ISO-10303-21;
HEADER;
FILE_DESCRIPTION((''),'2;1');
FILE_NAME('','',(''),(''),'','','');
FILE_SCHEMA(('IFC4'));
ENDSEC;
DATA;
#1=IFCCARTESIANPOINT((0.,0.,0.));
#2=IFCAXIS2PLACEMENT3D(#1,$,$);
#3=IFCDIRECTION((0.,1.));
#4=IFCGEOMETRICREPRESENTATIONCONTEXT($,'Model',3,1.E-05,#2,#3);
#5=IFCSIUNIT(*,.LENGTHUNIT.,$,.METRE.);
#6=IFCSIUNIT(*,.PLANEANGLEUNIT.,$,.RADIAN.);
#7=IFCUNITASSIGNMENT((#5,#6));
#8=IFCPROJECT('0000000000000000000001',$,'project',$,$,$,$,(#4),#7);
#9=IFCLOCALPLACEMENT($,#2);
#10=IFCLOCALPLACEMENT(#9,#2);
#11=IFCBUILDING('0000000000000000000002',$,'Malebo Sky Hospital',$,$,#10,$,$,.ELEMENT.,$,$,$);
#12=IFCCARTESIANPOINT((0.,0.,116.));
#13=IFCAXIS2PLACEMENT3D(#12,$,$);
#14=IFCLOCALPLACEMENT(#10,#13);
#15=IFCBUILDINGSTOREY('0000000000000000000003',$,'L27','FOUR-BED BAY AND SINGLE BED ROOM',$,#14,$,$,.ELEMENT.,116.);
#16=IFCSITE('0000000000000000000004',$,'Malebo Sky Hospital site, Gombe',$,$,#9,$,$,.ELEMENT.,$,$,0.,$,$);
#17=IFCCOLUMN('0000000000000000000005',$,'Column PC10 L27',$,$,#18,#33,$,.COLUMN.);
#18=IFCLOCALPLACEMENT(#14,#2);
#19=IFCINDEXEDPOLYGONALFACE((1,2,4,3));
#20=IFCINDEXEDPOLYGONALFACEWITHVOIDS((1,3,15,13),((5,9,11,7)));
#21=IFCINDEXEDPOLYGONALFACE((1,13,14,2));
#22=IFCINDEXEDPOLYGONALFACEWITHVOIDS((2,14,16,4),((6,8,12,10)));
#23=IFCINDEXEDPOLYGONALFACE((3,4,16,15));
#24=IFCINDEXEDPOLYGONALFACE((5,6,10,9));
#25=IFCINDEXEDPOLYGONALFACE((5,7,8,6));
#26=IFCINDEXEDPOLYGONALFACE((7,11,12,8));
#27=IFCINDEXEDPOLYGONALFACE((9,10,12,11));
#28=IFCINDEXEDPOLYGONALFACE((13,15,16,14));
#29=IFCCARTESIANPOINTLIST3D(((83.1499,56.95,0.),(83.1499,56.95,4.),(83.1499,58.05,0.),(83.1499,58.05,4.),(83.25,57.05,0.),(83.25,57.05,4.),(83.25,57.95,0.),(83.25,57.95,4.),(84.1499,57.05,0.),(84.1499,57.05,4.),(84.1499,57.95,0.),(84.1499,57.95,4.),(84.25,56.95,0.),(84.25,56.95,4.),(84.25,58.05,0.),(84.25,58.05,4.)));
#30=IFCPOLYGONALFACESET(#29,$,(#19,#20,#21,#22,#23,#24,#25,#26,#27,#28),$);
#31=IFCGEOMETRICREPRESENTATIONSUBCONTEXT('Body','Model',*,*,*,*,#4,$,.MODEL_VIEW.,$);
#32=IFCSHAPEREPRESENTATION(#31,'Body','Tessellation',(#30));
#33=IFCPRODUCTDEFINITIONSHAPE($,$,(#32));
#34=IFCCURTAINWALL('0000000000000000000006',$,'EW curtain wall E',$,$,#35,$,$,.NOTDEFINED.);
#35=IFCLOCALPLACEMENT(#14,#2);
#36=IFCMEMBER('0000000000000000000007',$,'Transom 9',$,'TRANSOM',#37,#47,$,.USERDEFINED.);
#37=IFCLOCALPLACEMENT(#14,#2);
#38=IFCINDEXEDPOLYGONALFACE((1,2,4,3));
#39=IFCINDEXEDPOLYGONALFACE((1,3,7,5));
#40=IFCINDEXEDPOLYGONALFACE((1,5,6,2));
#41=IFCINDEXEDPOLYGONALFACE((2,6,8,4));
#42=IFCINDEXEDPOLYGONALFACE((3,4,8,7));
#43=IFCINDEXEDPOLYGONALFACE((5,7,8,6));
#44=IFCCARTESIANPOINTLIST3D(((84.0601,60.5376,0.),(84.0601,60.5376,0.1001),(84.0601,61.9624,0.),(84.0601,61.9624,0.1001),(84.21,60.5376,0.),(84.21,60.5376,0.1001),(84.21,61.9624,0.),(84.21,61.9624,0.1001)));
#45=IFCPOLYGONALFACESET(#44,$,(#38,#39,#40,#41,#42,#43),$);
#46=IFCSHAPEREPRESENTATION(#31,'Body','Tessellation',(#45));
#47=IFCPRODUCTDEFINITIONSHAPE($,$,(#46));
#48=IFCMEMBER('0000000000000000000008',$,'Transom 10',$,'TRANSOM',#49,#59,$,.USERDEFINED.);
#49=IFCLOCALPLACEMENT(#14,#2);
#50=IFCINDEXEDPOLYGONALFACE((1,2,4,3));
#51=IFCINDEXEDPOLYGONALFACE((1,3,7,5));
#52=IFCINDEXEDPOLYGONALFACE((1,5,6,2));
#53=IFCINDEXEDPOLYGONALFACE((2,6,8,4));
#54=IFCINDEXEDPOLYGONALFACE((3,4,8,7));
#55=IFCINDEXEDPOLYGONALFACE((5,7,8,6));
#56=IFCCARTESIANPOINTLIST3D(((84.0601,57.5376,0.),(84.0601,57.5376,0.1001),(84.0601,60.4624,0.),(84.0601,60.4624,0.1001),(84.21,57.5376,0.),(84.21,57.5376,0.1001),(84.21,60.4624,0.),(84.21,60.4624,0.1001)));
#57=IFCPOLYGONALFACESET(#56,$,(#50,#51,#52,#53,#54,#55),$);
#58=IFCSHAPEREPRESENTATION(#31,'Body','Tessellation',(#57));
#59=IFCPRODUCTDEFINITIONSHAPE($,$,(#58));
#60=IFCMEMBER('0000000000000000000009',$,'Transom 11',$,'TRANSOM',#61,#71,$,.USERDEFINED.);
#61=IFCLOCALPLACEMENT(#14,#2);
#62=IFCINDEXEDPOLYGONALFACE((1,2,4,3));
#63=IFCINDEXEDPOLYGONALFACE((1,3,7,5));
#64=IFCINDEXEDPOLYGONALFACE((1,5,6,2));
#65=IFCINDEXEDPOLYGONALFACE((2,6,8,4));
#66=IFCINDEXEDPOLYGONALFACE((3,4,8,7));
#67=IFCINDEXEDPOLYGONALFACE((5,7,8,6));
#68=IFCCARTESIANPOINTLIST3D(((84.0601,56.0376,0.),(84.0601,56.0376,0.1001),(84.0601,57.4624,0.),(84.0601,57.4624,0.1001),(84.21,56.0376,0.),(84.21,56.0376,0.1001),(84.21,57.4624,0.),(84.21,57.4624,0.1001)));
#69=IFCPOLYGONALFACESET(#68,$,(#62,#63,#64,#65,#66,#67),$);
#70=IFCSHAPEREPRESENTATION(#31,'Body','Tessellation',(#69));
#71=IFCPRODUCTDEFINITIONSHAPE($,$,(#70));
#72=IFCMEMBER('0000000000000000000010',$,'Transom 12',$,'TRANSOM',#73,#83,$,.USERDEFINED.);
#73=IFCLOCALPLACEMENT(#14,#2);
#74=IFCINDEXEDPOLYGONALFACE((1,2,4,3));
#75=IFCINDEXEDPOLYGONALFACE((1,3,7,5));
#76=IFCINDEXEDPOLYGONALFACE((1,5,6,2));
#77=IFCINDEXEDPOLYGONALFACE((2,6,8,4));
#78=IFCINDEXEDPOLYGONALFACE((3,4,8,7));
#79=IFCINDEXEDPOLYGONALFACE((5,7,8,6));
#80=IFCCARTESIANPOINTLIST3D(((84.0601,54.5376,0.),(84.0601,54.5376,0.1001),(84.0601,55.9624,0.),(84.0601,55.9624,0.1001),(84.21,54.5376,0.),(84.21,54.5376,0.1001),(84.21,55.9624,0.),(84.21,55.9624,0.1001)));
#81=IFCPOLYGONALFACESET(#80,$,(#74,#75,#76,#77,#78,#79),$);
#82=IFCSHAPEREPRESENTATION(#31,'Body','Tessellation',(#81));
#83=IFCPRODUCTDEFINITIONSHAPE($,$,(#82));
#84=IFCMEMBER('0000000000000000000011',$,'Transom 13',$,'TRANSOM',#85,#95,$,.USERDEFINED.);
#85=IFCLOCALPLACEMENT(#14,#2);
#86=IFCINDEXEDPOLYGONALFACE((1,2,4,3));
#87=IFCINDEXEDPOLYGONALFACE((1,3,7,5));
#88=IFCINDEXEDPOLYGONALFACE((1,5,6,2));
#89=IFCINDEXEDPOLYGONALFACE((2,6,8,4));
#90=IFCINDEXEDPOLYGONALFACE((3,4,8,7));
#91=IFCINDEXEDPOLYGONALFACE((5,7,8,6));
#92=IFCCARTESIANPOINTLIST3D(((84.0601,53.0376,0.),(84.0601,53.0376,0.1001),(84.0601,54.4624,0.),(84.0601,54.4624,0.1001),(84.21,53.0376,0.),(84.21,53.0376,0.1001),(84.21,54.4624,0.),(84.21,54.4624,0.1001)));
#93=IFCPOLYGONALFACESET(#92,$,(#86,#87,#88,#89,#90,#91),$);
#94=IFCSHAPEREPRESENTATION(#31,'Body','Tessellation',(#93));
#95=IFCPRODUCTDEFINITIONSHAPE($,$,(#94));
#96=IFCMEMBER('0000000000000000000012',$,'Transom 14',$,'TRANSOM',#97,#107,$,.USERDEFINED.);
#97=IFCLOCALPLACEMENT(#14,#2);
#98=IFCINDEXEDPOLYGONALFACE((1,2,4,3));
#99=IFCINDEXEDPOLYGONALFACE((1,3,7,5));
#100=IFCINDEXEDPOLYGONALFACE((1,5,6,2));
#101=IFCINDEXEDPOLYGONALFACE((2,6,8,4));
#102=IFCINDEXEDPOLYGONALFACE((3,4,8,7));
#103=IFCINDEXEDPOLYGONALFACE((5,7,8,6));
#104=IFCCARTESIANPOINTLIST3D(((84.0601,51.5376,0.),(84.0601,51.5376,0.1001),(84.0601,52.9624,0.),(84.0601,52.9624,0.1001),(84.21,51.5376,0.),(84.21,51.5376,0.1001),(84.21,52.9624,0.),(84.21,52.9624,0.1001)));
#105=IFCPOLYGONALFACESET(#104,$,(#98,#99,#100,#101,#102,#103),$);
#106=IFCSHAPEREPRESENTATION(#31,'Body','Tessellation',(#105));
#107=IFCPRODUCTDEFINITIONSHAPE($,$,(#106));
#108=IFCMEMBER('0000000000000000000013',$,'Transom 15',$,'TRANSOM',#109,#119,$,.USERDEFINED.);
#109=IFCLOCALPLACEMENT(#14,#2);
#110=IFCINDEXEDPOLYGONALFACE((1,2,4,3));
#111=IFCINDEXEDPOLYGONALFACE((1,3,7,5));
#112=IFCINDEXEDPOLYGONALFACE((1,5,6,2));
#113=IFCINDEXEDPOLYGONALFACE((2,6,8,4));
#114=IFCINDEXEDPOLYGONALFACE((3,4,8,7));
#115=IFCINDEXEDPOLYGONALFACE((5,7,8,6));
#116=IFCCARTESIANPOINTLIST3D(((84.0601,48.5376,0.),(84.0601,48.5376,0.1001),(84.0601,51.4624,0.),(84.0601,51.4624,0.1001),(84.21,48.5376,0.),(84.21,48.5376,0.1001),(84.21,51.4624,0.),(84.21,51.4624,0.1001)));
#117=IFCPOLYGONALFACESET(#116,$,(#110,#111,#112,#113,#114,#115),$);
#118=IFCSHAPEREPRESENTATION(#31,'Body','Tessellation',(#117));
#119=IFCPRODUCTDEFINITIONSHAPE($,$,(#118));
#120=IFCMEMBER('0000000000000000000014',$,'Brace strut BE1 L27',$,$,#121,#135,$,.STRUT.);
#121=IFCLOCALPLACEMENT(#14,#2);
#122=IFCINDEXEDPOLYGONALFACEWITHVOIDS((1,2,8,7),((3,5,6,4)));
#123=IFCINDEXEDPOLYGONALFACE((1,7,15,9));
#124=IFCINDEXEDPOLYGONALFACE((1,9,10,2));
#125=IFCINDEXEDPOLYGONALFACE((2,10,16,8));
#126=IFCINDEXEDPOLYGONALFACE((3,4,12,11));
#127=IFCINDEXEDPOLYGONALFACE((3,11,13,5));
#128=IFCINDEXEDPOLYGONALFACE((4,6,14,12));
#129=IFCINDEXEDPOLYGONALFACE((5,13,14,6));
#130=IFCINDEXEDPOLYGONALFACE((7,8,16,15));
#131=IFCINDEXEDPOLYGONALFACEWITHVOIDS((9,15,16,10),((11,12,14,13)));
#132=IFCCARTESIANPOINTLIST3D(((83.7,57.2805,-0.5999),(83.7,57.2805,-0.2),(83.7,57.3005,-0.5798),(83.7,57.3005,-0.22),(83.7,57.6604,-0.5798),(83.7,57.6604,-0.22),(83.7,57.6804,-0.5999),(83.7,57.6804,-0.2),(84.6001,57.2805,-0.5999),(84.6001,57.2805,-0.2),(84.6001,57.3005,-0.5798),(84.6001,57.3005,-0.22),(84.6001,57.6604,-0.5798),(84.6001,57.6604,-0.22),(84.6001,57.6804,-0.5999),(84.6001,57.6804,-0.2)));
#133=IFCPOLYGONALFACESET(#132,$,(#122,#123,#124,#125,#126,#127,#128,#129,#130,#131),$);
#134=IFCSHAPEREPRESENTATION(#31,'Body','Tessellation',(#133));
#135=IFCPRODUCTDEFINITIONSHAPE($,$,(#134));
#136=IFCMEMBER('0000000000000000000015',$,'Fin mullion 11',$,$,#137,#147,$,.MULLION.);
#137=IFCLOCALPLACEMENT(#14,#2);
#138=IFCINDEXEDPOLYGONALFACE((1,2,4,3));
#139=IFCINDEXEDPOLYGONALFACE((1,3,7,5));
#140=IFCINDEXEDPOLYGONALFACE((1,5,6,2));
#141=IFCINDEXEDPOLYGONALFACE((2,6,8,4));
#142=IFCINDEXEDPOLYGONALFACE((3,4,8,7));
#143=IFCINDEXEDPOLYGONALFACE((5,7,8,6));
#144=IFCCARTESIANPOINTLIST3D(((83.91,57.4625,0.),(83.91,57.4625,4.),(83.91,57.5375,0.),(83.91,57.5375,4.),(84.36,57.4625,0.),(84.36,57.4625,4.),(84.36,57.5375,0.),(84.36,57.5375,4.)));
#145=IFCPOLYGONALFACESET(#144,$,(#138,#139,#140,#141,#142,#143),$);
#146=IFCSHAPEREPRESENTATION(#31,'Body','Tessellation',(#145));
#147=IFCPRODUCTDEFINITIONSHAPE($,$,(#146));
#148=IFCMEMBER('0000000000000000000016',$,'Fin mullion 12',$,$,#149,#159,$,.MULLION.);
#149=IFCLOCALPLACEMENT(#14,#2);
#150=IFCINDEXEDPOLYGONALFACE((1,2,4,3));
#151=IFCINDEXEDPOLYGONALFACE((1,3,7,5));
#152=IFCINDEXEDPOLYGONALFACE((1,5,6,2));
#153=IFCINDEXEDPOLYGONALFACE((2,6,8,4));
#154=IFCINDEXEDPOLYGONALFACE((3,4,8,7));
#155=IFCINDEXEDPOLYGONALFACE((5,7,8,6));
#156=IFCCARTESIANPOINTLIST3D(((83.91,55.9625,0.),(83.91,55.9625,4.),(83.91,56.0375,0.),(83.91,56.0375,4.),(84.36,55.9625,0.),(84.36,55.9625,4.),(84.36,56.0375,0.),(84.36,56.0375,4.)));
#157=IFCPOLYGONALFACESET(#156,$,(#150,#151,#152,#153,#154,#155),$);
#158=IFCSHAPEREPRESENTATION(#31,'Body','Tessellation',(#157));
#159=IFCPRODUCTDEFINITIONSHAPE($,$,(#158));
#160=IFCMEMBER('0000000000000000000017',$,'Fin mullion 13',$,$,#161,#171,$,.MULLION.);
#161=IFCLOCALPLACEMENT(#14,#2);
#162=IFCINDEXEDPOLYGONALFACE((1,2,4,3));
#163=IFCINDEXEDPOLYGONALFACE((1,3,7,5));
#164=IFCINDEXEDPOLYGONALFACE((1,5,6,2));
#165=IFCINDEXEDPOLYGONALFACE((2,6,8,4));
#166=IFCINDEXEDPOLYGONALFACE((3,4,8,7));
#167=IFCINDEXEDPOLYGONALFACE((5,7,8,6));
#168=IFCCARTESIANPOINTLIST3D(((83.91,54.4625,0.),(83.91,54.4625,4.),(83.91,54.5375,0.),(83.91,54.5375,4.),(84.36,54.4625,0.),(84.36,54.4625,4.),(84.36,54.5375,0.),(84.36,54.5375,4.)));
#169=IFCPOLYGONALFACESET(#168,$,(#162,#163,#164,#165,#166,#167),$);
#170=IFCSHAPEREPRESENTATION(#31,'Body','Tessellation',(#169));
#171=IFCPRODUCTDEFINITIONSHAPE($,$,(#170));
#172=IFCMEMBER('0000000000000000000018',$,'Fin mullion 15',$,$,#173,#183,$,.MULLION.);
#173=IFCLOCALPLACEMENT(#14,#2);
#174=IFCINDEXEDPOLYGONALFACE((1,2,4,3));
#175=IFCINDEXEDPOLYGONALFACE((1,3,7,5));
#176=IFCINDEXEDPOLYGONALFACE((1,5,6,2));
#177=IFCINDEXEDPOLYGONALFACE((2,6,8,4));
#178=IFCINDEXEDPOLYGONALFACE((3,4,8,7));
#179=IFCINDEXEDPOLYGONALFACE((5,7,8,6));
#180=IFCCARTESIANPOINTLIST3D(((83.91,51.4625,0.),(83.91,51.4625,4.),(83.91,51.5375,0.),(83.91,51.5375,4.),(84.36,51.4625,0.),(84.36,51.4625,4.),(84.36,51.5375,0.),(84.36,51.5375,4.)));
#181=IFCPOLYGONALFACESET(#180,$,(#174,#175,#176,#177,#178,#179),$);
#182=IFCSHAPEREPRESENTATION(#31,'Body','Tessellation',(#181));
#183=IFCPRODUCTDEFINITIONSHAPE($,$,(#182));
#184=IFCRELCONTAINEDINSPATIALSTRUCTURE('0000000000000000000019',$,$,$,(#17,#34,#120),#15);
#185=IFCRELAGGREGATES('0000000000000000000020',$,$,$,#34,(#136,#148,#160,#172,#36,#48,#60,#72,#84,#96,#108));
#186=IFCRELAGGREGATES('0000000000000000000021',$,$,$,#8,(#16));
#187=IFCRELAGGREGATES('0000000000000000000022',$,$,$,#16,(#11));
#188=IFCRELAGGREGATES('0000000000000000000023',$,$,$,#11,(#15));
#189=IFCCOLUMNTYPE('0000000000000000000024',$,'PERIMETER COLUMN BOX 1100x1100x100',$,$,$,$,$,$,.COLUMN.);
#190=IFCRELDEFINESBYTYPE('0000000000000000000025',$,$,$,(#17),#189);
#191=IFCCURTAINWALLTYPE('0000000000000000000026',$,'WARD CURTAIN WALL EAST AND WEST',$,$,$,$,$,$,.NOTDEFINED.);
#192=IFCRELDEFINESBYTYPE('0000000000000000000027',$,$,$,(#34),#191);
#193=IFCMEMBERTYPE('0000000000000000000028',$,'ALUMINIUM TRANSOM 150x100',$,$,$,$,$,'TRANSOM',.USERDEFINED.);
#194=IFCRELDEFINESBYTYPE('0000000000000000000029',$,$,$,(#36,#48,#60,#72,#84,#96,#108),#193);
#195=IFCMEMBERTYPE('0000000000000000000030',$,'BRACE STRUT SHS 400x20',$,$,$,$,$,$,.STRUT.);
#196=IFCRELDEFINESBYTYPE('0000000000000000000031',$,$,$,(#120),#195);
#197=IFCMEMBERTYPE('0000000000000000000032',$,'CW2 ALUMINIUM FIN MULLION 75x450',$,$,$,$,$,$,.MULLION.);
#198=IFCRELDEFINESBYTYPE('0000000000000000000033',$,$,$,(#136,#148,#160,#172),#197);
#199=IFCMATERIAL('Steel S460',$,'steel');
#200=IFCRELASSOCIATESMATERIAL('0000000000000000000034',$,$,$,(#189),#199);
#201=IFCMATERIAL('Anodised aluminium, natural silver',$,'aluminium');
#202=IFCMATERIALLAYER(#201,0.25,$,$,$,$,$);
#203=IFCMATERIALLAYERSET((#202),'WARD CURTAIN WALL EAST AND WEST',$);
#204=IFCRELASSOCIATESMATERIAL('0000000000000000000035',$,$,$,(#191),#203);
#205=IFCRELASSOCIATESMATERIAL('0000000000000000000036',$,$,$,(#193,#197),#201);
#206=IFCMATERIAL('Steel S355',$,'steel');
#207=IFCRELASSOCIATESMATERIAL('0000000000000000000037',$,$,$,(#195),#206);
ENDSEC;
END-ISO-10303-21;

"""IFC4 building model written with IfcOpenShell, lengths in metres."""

from ifc_helpers import new_model, si_unit, direction, frame, origin, origin_2d, place, context, subcontext, project, spatial, rectangle, hollow_rectangle, extrude, material, layer, layer_set, material_profile, profile_set, type_object, element, aggregate, save


model = new_model("IFC4")

# Units and contexts
model_context = context("Model", 3, precision=1e-05, world=origin(), true_north=direction((0.0, 1.0)))
body_context = subcontext(model_context, "Body", "Model", "MODEL_VIEW")
ifc_project = project(units=[si_unit("LENGTHUNIT", "METRE"), si_unit("PLANEANGLEUNIT", "RADIAN")], contexts=[model_context])

# Site, building, storey
site_placement = place(None, origin())
site = spatial("IfcSite", under=ifc_project, at=site_placement, Name="Malebo Sky Hospital site, Gombe", CompositionType="ELEMENT", RefElevation=0.0)
building_placement = place(site_placement, origin())
building = spatial("IfcBuilding", under=site, at=building_placement, Name="Malebo Sky Hospital", CompositionType="ELEMENT")
storey_placement = place(building_placement, frame((0.0, 0.0, 116.0)))
storey = spatial("IfcBuildingStorey", under=building, at=storey_placement, Name="L27", Description="FOUR-BED BAY AND SINGLE BED ROOM", CompositionType="ELEMENT", Elevation=116.0)

# Column
ifc_material_1 = material(Name="Steel S460", Category="steel")
ifc_material_profile_1 = material_profile(ifc_material_1, hollow_rectangle(XDim=1.1001, YDim=1.1001, WallThickness=0.1001, at=origin_2d()), Name="BOX 1100x1100x100")
ifc_profile_set_1 = profile_set([ifc_material_profile_1], Name="Steel S460")
column_type = type_object("IfcColumnType", Name="PERIMETER COLUMN BOX 1100x1100x100", PredefinedType="COLUMN", material=ifc_profile_set_1)
column_placement = place(storey_placement, frame((83.7, 57.5, 0.0), z_axis=(0.0, 0.0, 1.0), x_axis=(1.0, 0.0, 0.0)))
element("IfcColumn", 1, at=column_placement, inside=storey, type_object=column_type, Name="Column PC10 L27", PredefinedType="COLUMN", context=body_context, shape_type="SweptSolid", body=[
    extrude(hollow_rectangle(XDim=1.1001, YDim=1.1001, WallThickness=0.1001, at=origin_2d()), origin(), (0.0, 0.0, 1.0), 4.0),
])

# Curtain wall, members
ifc_material_2 = material(Name="Anodised aluminium, natural silver", Category="aluminium")
ifc_layer_1 = layer(ifc_material_2, 0.25)
ifc_layer_set_1 = layer_set([ifc_layer_1], Name="WARD CURTAIN WALL EAST AND WEST")
curtain_wall_type = type_object("IfcCurtainWallType", Name="WARD CURTAIN WALL EAST AND WEST", PredefinedType="NOTDEFINED", material=ifc_layer_set_1)
curtain_wall_placement = place(storey_placement, origin())
curtain_wall = element("IfcCurtainWall", 2, at=curtain_wall_placement, inside=storey, type_object=curtain_wall_type, Name="EW curtain wall E", PredefinedType="NOTDEFINED")
ifc_material_profile_2 = material_profile(ifc_material_2, rectangle(XDim=0.1499, YDim=0.1001, at=origin_2d()), Name="ALUMINIUM TRANSOM 150x100")
ifc_profile_set_2 = profile_set([ifc_material_profile_2], Name="Anodised aluminium, natural silver")
member_type_1 = type_object("IfcMemberType", Name="ALUMINIUM TRANSOM 150x100", ElementType="TRANSOM", PredefinedType="USERDEFINED", material=ifc_profile_set_2)
member_1_placement = place(storey_placement, frame((84.135, 61.9624, 0.05), z_axis=(0.0, -1.0, 0.0), x_axis=(1.0, 0.0, 0.0)))
member_1 = element("IfcMember", 3, at=member_1_placement, type_object=member_type_1, Name="Transom 9", ObjectType="TRANSOM", PredefinedType="USERDEFINED", context=body_context, shape_type="SweptSolid", body=[
    extrude(rectangle(XDim=0.1499, YDim=0.1001, at=origin_2d()), origin(), (0.0, 0.0, 1.0), 1.4248),
])
member_2_placement = place(storey_placement, frame((84.135, 60.4624, 0.05), z_axis=(0.0, -1.0, 0.0), x_axis=(1.0, 0.0, 0.0)))
member_2 = element("IfcMember", 4, at=member_2_placement, type_object=member_type_1, Name="Transom 10", ObjectType="TRANSOM", PredefinedType="USERDEFINED", context=body_context, shape_type="SweptSolid", body=[
    extrude(rectangle(XDim=0.1499, YDim=0.1001, at=origin_2d()), origin(), (0.0, 0.0, 1.0), 2.9248),
])
member_3_placement = place(storey_placement, frame((84.135, 57.4624, 0.05), z_axis=(0.0, -1.0, 0.0), x_axis=(1.0, 0.0, 0.0)))
member_3 = element("IfcMember", 5, at=member_3_placement, type_object=member_type_1, Name="Transom 11", ObjectType="TRANSOM", PredefinedType="USERDEFINED", context=body_context, shape_type="SweptSolid", body=[
    extrude(rectangle(XDim=0.1499, YDim=0.1001, at=origin_2d()), origin(), (0.0, 0.0, 1.0), 1.4248),
])
member_4_placement = place(storey_placement, frame((84.135, 55.9624, 0.05), z_axis=(0.0, -1.0, 0.0), x_axis=(1.0, 0.0, 0.0)))
member_4 = element("IfcMember", 6, at=member_4_placement, type_object=member_type_1, Name="Transom 12", ObjectType="TRANSOM", PredefinedType="USERDEFINED", context=body_context, shape_type="SweptSolid", body=[
    extrude(rectangle(XDim=0.1499, YDim=0.1001, at=origin_2d()), origin(), (0.0, 0.0, 1.0), 1.4248),
])
member_5_placement = place(storey_placement, frame((84.135, 54.4624, 0.05), z_axis=(0.0, -1.0, 0.0), x_axis=(1.0, 0.0, 0.0)))
member_5 = element("IfcMember", 7, at=member_5_placement, type_object=member_type_1, Name="Transom 13", ObjectType="TRANSOM", PredefinedType="USERDEFINED", context=body_context, shape_type="SweptSolid", body=[
    extrude(rectangle(XDim=0.1499, YDim=0.1001, at=origin_2d()), origin(), (0.0, 0.0, 1.0), 1.4248),
])
member_6_placement = place(storey_placement, frame((84.135, 52.9624, 0.05), z_axis=(0.0, -1.0, 0.0), x_axis=(1.0, 0.0, 0.0)))
member_6 = element("IfcMember", 8, at=member_6_placement, type_object=member_type_1, Name="Transom 14", ObjectType="TRANSOM", PredefinedType="USERDEFINED", context=body_context, shape_type="SweptSolid", body=[
    extrude(rectangle(XDim=0.1499, YDim=0.1001, at=origin_2d()), origin(), (0.0, 0.0, 1.0), 1.4248),
])
member_7_placement = place(storey_placement, frame((84.135, 51.4624, 0.05), z_axis=(0.0, -1.0, 0.0), x_axis=(1.0, 0.0, 0.0)))
member_7 = element("IfcMember", 9, at=member_7_placement, type_object=member_type_1, Name="Transom 15", ObjectType="TRANSOM", PredefinedType="USERDEFINED", context=body_context, shape_type="SweptSolid", body=[
    extrude(rectangle(XDim=0.1499, YDim=0.1001, at=origin_2d()), origin(), (0.0, 0.0, 1.0), 2.9248),
])

# Members
ifc_material_3 = material(Name="Steel S355", Category="steel")
ifc_material_profile_3 = material_profile(ifc_material_3, hollow_rectangle(XDim=0.3999, YDim=0.3999, WallThickness=0.02, at=origin_2d()), Name="SHS 400x20")
ifc_profile_set_3 = profile_set([ifc_material_profile_3], Name="Steel S355")
member_type_2 = type_object("IfcMemberType", Name="BRACE STRUT SHS 400x20", PredefinedType="STRUT", material=ifc_profile_set_3)
member_8_placement = place(storey_placement, frame((84.6001, 57.4805, -0.3999), z_axis=(-1.0, 0.0, 0.0), x_axis=(0.0, -1.0, 0.0)))
element("IfcMember", 10, at=member_8_placement, inside=storey, type_object=member_type_2, Name="Brace strut BE1 L27", PredefinedType="STRUT", context=body_context, shape_type="SweptSolid", body=[
    extrude(hollow_rectangle(XDim=0.3999, YDim=0.3999, WallThickness=0.02, at=origin_2d()), origin(), (0.0, 0.0, 1.0), 0.9001),
])
ifc_material_profile_4 = material_profile(ifc_material_2, rectangle(XDim=0.075, YDim=0.45, at=origin_2d()), Name="CW2 ALUMINIUM FIN MULLION 75x450")
ifc_profile_set_4 = profile_set([ifc_material_profile_4], Name="Anodised aluminium, natural silver")
member_type_3 = type_object("IfcMemberType", Name="CW2 ALUMINIUM FIN MULLION 75x450", PredefinedType="MULLION", material=ifc_profile_set_4)
member_9_placement = place(storey_placement, frame((84.135, 57.5, 0.0), z_axis=(0.0, 0.0, 1.0), x_axis=(0.0, -1.0, 0.0)))
member_9 = element("IfcMember", 11, at=member_9_placement, type_object=member_type_3, Name="Fin mullion 11", PredefinedType="MULLION", context=body_context, shape_type="SweptSolid", body=[
    extrude(rectangle(XDim=0.075, YDim=0.45, at=origin_2d()), origin(), (0.0, 0.0, 1.0), 4.0),
])
member_10_placement = place(storey_placement, frame((84.135, 56.0, 0.0), z_axis=(0.0, 0.0, 1.0), x_axis=(0.0, -1.0, 0.0)))
member_10 = element("IfcMember", 12, at=member_10_placement, type_object=member_type_3, Name="Fin mullion 12", PredefinedType="MULLION", context=body_context, shape_type="SweptSolid", body=[
    extrude(rectangle(XDim=0.075, YDim=0.45, at=origin_2d()), origin(), (0.0, 0.0, 1.0), 4.0),
])
member_11_placement = place(storey_placement, frame((84.135, 54.5, 0.0), z_axis=(0.0, 0.0, 1.0), x_axis=(0.0, -1.0, 0.0)))
member_11 = element("IfcMember", 13, at=member_11_placement, type_object=member_type_3, Name="Fin mullion 13", PredefinedType="MULLION", context=body_context, shape_type="SweptSolid", body=[
    extrude(rectangle(XDim=0.075, YDim=0.45, at=origin_2d()), origin(), (0.0, 0.0, 1.0), 4.0),
])
member_12_placement = place(storey_placement, frame((84.135, 51.5, 0.0), z_axis=(0.0, 0.0, 1.0), x_axis=(0.0, -1.0, 0.0)))
member_12 = element("IfcMember", 14, at=member_12_placement, type_object=member_type_3, Name="Fin mullion 15", PredefinedType="MULLION", context=body_context, shape_type="SweptSolid", body=[
    extrude(rectangle(XDim=0.075, YDim=0.45, at=origin_2d()), origin(), (0.0, 0.0, 1.0), 4.0),
])

aggregate(curtain_wall, [member_9, member_10, member_11, member_12, member_1, member_2, member_3, member_4, member_5, member_6, member_7])

save(model, "model.ifc")
